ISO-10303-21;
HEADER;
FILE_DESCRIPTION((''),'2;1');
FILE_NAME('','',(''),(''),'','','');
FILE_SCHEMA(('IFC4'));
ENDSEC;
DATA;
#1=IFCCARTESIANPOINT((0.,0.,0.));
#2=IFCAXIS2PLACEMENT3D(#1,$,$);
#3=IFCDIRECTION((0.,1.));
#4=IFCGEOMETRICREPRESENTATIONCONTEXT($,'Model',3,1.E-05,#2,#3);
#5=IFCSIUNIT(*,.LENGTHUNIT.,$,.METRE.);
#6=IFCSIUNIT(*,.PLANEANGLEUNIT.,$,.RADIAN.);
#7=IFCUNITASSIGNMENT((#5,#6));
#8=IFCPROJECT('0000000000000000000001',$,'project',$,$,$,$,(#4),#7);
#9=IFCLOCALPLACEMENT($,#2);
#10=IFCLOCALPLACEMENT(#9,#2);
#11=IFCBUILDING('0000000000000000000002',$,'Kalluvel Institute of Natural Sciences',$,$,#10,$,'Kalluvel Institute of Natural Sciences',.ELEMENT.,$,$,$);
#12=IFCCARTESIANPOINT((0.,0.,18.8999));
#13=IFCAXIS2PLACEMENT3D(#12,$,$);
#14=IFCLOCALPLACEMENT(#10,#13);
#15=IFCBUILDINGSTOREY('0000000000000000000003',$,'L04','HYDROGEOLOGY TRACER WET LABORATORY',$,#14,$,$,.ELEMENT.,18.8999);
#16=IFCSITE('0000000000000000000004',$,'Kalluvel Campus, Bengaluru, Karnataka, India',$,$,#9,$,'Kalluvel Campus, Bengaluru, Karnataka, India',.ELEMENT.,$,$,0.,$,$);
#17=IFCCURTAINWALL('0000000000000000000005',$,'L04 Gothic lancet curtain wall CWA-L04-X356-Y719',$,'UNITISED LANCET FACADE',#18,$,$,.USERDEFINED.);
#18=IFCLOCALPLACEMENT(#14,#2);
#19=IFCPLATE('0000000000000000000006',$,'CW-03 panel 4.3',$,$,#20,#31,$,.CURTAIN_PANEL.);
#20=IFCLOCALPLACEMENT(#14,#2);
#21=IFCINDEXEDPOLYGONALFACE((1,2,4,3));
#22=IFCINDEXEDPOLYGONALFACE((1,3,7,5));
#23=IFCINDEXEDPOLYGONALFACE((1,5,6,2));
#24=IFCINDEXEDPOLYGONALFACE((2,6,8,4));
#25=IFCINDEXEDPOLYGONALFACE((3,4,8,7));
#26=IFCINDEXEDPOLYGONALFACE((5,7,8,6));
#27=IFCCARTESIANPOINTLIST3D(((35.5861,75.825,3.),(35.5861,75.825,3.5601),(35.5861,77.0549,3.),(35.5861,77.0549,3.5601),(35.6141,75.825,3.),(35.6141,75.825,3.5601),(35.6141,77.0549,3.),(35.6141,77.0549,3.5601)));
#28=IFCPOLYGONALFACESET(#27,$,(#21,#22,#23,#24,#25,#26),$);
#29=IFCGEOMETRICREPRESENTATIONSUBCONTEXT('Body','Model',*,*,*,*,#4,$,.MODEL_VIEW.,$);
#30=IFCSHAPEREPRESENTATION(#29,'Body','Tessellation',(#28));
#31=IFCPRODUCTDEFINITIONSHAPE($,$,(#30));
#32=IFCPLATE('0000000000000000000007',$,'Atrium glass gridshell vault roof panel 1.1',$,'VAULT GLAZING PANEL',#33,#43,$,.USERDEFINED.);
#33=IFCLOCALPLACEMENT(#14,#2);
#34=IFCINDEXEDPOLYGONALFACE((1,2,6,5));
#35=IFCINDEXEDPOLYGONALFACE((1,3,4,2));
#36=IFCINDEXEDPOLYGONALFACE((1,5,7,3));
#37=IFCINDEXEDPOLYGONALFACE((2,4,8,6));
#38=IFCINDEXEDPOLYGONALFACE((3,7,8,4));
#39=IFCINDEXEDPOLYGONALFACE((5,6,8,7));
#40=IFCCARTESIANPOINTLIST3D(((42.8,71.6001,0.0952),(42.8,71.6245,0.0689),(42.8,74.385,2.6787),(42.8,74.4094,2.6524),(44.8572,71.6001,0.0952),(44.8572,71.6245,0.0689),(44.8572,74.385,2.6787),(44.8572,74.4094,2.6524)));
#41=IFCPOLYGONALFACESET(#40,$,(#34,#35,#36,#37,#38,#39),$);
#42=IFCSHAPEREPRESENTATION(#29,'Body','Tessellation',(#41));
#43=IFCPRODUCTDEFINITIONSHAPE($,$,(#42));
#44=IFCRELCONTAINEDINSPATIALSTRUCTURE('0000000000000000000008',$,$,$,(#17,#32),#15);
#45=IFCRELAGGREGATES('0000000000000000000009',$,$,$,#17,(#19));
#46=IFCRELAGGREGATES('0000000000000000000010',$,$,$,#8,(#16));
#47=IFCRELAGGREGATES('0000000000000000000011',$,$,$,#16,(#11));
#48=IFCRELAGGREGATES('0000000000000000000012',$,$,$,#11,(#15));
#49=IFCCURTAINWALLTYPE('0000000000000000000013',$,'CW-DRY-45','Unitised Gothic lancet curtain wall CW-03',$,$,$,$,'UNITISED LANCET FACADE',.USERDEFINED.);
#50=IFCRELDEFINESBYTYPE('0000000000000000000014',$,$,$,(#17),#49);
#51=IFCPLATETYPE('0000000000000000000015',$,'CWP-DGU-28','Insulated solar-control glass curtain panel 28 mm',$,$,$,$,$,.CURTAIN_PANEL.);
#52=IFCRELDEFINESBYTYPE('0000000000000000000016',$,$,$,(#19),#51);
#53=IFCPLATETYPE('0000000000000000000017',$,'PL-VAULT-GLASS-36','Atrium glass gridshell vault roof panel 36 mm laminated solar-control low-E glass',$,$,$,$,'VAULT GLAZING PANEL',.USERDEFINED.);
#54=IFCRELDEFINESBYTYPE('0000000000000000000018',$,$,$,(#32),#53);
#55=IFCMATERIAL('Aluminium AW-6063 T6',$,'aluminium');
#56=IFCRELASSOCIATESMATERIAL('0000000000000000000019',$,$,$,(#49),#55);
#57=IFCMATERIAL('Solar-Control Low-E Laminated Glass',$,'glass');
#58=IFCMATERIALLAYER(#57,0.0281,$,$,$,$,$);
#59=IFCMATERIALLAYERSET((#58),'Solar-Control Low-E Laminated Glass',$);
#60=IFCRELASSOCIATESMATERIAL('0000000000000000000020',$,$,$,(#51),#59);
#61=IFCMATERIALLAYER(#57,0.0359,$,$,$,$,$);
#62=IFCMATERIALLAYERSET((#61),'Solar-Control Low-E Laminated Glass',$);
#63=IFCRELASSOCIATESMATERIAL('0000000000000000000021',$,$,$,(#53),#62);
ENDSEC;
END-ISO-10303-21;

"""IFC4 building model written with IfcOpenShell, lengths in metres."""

from ifc_helpers import new_model, si_unit, direction, frame, origin, origin_2d, place, context, subcontext, project, spatial, polyline, rectangle, outline, extrude, material, layer, layer_set, type_object, element, aggregate, save


model = new_model("IFC4")

# Units and contexts
model_context = context("Model", 3, precision=1e-05, world=origin(), true_north=direction((0.0, 1.0)))
body_context = subcontext(model_context, "Body", "Model", "MODEL_VIEW")
ifc_project = project(units=[si_unit("LENGTHUNIT", "METRE"), si_unit("PLANEANGLEUNIT", "RADIAN")], contexts=[model_context])

# Site, building, storey
site_placement = place(None, origin())
site = spatial("IfcSite", under=ifc_project, at=site_placement, Name="Kalluvel Campus, Bengaluru, Karnataka, India", LongName="Kalluvel Campus, Bengaluru, Karnataka, India", CompositionType="ELEMENT", RefElevation=0.0)
building_placement = place(site_placement, origin())
building = spatial("IfcBuilding", under=site, at=building_placement, Name="Kalluvel Institute of Natural Sciences", LongName="Kalluvel Institute of Natural Sciences", CompositionType="ELEMENT")
storey_placement = place(building_placement, frame((0.0, 0.0, 18.8999)))
storey = spatial("IfcBuildingStorey", under=building, at=storey_placement, Name="L04", Description="HYDROGEOLOGY TRACER WET LABORATORY", CompositionType="ELEMENT", Elevation=18.8999)

# Curtain wall
ifc_material_1 = material(Name="Aluminium AW-6063 T6", Category="aluminium")
curtain_wall_type = type_object("IfcCurtainWallType", Name="CW-DRY-45", Description="Unitised Gothic lancet curtain wall CW-03", ElementType="UNITISED LANCET FACADE", PredefinedType="USERDEFINED", material=ifc_material_1)
curtain_wall_placement = place(storey_placement, origin())
curtain_wall = element("IfcCurtainWall", 1, at=curtain_wall_placement, inside=storey, type_object=curtain_wall_type, Name="L04 Gothic lancet curtain wall CWA-L04-X356-Y719", ObjectType="UNITISED LANCET FACADE", PredefinedType="USERDEFINED")

# Plates
ifc_material_2 = material(Name="Solar-Control Low-E Laminated Glass", Category="glass")
ifc_layer_1 = layer(ifc_material_2, 0.0281)
ifc_layer_set_1 = layer_set([ifc_layer_1], Name="Solar-Control Low-E Laminated Glass")
plate_type_1 = type_object("IfcPlateType", Name="CWP-DGU-28", Description="Insulated solar-control glass curtain panel 28 mm", PredefinedType="CURTAIN_PANEL", material=ifc_layer_set_1)
plate_1_placement = place(storey_placement, frame((35.6001, 76.4399, 3.0), z_axis=(0.0, 0.0, 1.0), x_axis=(0.0, 1.0, 0.0)))
plate_1 = element("IfcPlate", 2, at=plate_1_placement, type_object=plate_type_1, Name="CW-03 panel 4.3", PredefinedType="CURTAIN_PANEL", context=body_context, shape_type="SweptSolid", body=[
    extrude(rectangle(XDim=1.23, YDim=0.0281, at=origin_2d()), origin(), (0.0, 0.0, 1.0), 0.5601),
])
aggregate(curtain_wall, [plate_1])
ifc_layer_2 = layer(ifc_material_2, 0.0359)
ifc_layer_set_2 = layer_set([ifc_layer_2], Name="Solar-Control Low-E Laminated Glass")
plate_type_2 = type_object("IfcPlateType", Name="PL-VAULT-GLASS-36", Description="Atrium glass gridshell vault roof panel 36 mm laminated solar-control low-E glass", ElementType="VAULT GLAZING PANEL", PredefinedType="USERDEFINED", material=ifc_layer_set_2)
plate_2_placement = place(storey_placement, frame((42.8, 71.6001, 0.0952), z_axis=(0.0, -0.680099, 0.733121), x_axis=(1.0, 0.0, 0.0)))
element("IfcPlate", 3, at=plate_2_placement, inside=storey, type_object=plate_type_2, Name="Atrium glass gridshell vault roof panel 1.1", ObjectType="VAULT GLAZING PANEL", PredefinedType="USERDEFINED", context=body_context, shape_type="SweptSolid", body=[
    extrude(outline(polyline([(0.0, 0.0), (2.0571, 0.0), (2.0571, 3.7987), (0.0, 3.7987), (0.0, 0.0)])), origin(), (0.0, 0.0, -1.0), 0.0359),
])

save(model, "model.ifc")
